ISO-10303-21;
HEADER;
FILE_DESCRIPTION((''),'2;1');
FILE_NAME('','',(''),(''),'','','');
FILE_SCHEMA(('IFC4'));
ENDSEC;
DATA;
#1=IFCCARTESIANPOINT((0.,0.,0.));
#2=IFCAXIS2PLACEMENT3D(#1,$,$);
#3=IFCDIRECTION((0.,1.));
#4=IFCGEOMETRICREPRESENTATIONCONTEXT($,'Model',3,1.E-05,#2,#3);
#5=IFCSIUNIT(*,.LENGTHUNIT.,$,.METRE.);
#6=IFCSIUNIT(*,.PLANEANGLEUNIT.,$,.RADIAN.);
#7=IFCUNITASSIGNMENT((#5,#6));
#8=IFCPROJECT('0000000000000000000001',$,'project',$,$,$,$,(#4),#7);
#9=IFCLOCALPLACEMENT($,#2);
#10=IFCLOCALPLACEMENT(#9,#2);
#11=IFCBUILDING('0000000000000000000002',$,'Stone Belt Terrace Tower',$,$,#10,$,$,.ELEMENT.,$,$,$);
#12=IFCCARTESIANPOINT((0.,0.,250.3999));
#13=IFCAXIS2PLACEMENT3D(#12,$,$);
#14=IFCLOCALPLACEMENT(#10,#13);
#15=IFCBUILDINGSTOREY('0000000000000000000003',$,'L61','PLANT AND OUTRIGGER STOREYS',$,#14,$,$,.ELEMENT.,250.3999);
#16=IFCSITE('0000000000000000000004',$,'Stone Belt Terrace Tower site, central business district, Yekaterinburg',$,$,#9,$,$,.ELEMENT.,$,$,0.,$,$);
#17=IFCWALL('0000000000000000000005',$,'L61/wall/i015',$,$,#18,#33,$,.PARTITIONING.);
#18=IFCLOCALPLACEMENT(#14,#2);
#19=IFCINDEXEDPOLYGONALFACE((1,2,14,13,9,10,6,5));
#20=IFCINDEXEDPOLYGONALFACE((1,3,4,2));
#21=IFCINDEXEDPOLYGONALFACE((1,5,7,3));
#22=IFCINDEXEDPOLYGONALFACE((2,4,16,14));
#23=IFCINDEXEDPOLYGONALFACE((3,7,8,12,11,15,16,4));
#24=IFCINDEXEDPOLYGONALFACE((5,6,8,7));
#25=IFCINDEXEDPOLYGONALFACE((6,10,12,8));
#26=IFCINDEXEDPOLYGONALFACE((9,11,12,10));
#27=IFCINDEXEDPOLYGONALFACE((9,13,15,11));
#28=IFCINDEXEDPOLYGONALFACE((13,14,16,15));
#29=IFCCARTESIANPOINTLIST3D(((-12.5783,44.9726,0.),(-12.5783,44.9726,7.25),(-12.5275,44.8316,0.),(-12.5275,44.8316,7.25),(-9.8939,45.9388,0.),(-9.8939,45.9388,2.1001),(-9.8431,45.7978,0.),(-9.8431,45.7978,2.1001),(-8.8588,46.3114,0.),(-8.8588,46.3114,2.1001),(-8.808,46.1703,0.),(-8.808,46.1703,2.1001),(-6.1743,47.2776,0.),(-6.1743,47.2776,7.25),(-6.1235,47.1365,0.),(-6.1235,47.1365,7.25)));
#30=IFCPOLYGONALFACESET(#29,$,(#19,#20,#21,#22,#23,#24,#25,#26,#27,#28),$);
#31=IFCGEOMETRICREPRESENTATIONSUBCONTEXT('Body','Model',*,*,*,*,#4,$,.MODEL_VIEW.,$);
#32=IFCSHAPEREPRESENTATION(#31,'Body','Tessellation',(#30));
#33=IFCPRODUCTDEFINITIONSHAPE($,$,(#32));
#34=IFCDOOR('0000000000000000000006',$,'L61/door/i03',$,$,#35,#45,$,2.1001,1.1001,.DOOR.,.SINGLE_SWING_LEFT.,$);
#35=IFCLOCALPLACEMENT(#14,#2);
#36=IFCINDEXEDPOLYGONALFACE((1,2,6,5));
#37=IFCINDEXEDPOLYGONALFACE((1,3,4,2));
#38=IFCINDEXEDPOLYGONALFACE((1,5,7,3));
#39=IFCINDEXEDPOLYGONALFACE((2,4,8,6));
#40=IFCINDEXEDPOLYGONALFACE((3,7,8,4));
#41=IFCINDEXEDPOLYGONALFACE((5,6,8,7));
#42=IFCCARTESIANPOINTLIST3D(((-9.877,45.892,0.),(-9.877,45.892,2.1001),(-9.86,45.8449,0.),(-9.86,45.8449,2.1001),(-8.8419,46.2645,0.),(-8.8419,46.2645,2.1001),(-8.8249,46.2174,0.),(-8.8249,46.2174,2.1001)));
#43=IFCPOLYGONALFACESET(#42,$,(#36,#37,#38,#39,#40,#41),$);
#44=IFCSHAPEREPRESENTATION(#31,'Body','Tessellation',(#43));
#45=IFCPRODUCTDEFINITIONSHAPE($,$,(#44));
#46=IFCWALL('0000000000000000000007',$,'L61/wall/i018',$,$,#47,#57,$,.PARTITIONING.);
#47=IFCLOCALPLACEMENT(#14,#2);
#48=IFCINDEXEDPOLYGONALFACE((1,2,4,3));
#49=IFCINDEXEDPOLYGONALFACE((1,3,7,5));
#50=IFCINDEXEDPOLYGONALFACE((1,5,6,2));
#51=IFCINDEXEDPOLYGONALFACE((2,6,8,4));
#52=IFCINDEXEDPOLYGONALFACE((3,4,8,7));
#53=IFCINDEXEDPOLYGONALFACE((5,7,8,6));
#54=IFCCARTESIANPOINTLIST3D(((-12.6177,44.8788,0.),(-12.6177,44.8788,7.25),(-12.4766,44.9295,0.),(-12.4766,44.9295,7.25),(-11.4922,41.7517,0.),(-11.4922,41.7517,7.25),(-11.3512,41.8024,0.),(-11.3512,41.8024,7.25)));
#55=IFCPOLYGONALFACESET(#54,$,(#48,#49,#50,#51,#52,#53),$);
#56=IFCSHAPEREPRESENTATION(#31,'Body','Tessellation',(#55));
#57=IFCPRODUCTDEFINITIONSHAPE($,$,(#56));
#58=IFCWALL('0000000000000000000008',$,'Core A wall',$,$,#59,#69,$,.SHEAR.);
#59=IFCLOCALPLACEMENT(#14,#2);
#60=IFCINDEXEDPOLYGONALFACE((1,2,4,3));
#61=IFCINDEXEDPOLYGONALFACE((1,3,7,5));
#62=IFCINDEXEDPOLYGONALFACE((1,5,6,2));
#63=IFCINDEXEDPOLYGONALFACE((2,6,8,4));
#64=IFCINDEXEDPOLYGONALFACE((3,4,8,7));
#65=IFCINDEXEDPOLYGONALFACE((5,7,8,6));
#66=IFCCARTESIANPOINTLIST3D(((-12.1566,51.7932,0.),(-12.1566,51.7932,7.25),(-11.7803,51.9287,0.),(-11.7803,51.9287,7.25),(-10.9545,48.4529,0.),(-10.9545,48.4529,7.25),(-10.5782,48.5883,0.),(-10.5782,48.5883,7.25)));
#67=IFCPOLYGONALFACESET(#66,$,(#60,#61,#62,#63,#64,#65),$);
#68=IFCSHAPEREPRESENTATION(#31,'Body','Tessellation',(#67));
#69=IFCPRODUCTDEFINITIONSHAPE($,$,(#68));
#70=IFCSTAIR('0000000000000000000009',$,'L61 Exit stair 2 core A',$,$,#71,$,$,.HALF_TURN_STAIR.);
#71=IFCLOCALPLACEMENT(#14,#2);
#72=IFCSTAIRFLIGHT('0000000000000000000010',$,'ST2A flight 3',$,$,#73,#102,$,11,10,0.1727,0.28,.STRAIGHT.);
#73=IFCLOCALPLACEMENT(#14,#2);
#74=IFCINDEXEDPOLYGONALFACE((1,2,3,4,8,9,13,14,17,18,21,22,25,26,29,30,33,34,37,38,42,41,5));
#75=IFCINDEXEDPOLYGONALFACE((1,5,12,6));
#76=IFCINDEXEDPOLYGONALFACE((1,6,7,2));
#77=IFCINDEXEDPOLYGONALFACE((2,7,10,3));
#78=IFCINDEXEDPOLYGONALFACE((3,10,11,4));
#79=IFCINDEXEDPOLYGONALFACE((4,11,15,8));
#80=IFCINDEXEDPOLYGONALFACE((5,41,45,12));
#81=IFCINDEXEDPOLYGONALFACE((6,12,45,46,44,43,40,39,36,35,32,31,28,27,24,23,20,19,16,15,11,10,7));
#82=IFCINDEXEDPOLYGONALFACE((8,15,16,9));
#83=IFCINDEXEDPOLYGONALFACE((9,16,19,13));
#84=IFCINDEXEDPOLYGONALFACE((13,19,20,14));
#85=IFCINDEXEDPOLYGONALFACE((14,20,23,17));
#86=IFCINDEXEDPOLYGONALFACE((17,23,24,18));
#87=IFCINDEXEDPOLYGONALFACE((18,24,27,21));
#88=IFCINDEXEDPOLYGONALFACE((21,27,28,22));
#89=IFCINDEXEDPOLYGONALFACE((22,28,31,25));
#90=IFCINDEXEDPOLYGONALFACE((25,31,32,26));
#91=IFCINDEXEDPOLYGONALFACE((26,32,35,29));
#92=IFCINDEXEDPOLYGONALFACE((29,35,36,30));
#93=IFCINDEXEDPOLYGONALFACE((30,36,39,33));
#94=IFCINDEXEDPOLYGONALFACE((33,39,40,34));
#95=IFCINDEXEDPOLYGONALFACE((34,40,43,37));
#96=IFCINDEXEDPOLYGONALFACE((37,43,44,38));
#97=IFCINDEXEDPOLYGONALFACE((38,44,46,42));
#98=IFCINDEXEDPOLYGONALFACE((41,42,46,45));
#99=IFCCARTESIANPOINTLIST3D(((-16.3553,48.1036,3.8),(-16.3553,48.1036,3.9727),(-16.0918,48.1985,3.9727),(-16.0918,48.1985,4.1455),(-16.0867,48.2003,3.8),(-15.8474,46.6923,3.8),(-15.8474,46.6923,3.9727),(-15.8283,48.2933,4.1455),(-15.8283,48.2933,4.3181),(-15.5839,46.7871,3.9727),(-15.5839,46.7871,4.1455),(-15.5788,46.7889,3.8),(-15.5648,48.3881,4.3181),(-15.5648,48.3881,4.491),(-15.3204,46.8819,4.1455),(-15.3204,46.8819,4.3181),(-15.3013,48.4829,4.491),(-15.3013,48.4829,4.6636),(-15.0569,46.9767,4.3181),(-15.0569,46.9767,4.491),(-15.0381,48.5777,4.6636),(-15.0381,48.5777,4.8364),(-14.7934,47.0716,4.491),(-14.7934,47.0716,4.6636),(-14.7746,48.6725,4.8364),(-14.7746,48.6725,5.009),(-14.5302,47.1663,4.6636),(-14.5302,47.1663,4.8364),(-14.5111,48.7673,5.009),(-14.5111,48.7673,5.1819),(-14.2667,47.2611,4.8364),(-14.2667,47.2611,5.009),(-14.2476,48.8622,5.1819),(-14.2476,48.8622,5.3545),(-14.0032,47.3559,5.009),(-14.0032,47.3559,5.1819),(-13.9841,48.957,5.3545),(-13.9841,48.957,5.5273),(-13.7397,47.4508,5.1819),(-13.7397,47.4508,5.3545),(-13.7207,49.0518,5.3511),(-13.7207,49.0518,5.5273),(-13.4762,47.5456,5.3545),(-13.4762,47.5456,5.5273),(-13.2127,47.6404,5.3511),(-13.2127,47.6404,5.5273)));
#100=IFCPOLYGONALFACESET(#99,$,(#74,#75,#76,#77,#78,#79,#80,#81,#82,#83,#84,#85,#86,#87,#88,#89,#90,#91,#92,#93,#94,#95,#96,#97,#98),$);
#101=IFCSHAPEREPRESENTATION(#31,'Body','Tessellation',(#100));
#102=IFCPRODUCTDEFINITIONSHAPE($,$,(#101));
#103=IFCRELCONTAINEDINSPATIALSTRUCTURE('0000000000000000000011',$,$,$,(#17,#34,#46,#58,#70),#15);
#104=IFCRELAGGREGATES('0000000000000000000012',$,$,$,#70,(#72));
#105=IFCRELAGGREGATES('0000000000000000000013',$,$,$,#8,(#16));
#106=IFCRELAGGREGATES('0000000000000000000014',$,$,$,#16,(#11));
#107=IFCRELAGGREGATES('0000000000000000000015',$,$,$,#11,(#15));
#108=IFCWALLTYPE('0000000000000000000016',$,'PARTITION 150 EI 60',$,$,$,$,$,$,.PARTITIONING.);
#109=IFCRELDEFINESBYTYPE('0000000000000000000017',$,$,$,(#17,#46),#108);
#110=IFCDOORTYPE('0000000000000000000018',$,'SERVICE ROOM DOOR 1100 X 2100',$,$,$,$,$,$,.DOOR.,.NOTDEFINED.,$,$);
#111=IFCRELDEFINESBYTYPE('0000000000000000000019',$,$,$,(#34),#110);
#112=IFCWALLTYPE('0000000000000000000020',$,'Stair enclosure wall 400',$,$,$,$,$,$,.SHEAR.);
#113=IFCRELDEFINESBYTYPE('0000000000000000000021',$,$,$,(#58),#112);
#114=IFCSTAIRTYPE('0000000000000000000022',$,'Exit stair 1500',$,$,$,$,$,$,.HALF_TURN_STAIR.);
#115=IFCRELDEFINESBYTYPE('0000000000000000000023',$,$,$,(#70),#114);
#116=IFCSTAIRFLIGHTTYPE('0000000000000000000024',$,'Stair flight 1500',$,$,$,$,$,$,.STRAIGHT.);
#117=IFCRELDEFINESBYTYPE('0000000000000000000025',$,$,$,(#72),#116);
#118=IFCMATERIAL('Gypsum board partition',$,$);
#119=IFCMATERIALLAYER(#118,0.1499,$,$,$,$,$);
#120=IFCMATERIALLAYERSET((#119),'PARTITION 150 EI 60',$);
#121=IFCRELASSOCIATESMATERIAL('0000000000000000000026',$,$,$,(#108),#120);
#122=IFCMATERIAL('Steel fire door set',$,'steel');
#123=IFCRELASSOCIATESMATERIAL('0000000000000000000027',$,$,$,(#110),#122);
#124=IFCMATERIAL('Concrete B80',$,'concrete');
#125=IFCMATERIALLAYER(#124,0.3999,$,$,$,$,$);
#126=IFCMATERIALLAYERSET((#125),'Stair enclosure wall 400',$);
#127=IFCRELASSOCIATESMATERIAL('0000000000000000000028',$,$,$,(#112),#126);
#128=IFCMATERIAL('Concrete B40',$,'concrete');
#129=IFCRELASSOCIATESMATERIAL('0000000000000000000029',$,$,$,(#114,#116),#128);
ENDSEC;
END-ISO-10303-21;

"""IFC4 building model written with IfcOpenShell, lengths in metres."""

from ifc_helpers import new_model, si_unit, direction, frame, frame_2d, origin, place, context, subcontext, project, spatial, polyline, rectangle, outline, extrude, material, layer, layer_set, type_object, element, fill, aggregate, save


model = new_model("IFC4")

# Units and contexts
model_context = context("Model", 3, precision=1e-05, world=origin(), true_north=direction((0.0, 1.0)))
body_context = subcontext(model_context, "Body", "Model", "MODEL_VIEW")
ifc_project = project(units=[si_unit("LENGTHUNIT", "METRE"), si_unit("PLANEANGLEUNIT", "RADIAN")], contexts=[model_context])

# Site, building, storey
site_placement = place(None, origin())
site = spatial("IfcSite", under=ifc_project, at=site_placement, Name="Stone Belt Terrace Tower site, central business district, Yekaterinburg", CompositionType="ELEMENT", RefElevation=0.0)
building_placement = place(site_placement, origin())
building = spatial("IfcBuilding", under=site, at=building_placement, Name="Stone Belt Terrace Tower", CompositionType="ELEMENT")
storey_placement = place(building_placement, frame((0.0, 0.0, 250.3999)))
storey = spatial("IfcBuildingStorey", under=building, at=storey_placement, Name="L61", Description="PLANT AND OUTRIGGER STOREYS", CompositionType="ELEMENT", Elevation=250.3999)

# Shared definitions
ifc_material_1 = material(Name="Gypsum board partition")
ifc_layer_1 = layer(ifc_material_1, 0.1499)
ifc_layer_set_1 = layer_set([ifc_layer_1], Name="PARTITION 150 EI 60")
wall_type_1 = type_object("IfcWallType", Name="PARTITION 150 EI 60", PredefinedType="PARTITIONING", material=ifc_layer_set_1)

# Wall, opening, door
ifc_material_2 = material(Name="Steel fire door set", Category="steel")
door_type = type_object("IfcDoorType", Name="SERVICE ROOM DOOR 1100 X 2100", OperationType="NOTDEFINED", PredefinedType="DOOR", material=ifc_material_2)
wall_1_placement = place(storey_placement, frame((-6.1489, 47.207, 0.0), z_axis=(0.0, 0.0, 1.0), x_axis=(-0.940912, -0.338651, 0.0)))
wall_1 = element("IfcWall", 1, at=wall_1_placement, inside=storey, type_object=wall_type_1, Name="L61/wall/i015", PredefinedType="PARTITIONING", context=body_context, shape_type="SweptSolid", body=[
    extrude(rectangle(XDim=6.8062, YDim=0.1499, at=frame_2d((3.4031, 0.0))), origin(), (0.0, 0.0, 1.0), 7.25),
])
opening_1_placement = place(wall_1_placement, frame((2.853, 0.0, 0.0)))
opening_1 = element("IfcOpeningElement", 2, at=opening_1_placement, cuts=wall_1, PredefinedType="OPENING", context=body_context, shape_type="SweptSolid", body=[
    extrude(rectangle(XDim=1.1001, YDim=2.1001, at=frame_2d((0.55, 1.05))), frame((0.0, 0.085, 0.0), z_axis=(0.0, -1.0, 0.0), x_axis=(1.0, 0.0, 0.0)), (0.0, 0.0, 1.0), 0.1699),
])
door_1_placement = place(opening_1_placement, origin())
door_1 = element("IfcDoor", 3, at=door_1_placement, inside=storey, type_object=door_type, Name="L61/door/i03", OperationType="SINGLE_SWING_LEFT", OverallHeight=2.1001, OverallWidth=1.1001, PredefinedType="DOOR", context=body_context, shape_type="SweptSolid", body=[
    extrude(rectangle(XDim=1.1001, YDim=2.1001, at=frame_2d((0.55, 1.05))), frame((0.0, 0.0249, 0.0), z_axis=(0.0, -1.0, 0.0), x_axis=(1.0, 0.0, 0.0)), (0.0, 0.0, 1.0), 0.05),
])
fill(opening_1, door_1)

# Walls
wall_2_placement = place(storey_placement, frame((-12.5471, 44.9041, 0.0), z_axis=(0.0, 0.0, 1.0), x_axis=(0.338639, -0.940916, 0.0)))
element("IfcWall", 4, at=wall_2_placement, inside=storey, type_object=wall_type_1, Name="L61/wall/i018", PredefinedType="PARTITIONING", context=body_context, shape_type="SweptSolid", body=[
    extrude(rectangle(XDim=3.3235, YDim=0.1499, at=frame_2d((1.6616, 0.0))), origin(), (0.0, 0.0, 1.0), 7.25),
])
ifc_material_3 = material(Name="Concrete B80", Category="concrete")
ifc_layer_2 = layer(ifc_material_3, 0.3999)
ifc_layer_set_2 = layer_set([ifc_layer_2], Name="Stair enclosure wall 400")
wall_type_2 = type_object("IfcWallType", Name="Stair enclosure wall 400", PredefinedType="SHEAR", material=ifc_layer_set_2)
wall_3_placement = place(storey_placement, frame((-10.7664, 48.5208, 0.0), z_axis=(0.0, 0.0, 1.0), x_axis=(-0.338627, 0.940921, 0.0)))
element("IfcWall", 5, at=wall_3_placement, inside=storey, type_object=wall_type_2, Name="Core A wall", PredefinedType="SHEAR", context=body_context, shape_type="SweptSolid", body=[
    extrude(rectangle(XDim=3.55, YDim=0.3999, at=frame_2d((1.7749, 0.0))), origin(), (0.0, 0.0, 1.0), 7.25),
])

# Stair, stair flight
ifc_material_4 = material(Name="Concrete B40", Category="concrete")
stair_type = type_object("IfcStairType", Name="Exit stair 1500", PredefinedType="HALF_TURN_STAIR", material=ifc_material_4)
stair_placement = place(storey_placement, origin())
stair = element("IfcStair", 6, at=stair_placement, inside=storey, type_object=stair_type, Name="L61 Exit stair 2 core A", PredefinedType="HALF_TURN_STAIR")
stair_flight_type = type_object("IfcStairFlightType", Name="Stair flight 1500", PredefinedType="STRAIGHT", material=ifc_material_4)
stair_flight_placement = place(storey_placement, frame((-16.1013, 47.3979, 3.8), z_axis=(0.0, 0.0, 1.0), x_axis=(0.940922, 0.338624, 0.0)))
stair_flight = element("IfcStairFlight", 7, at=stair_flight_placement, type_object=stair_flight_type, Name="ST2A flight 3", NumberOfRisers=11, NumberOfTreads=10, PredefinedType="STRAIGHT", RiserHeight=0.1727, TreadLength=0.28, context=body_context, shape_type="SweptSolid", body=[
    extrude(outline(polyline([(0.0, 0.0), (0.0, 0.1726), (0.28, 0.1726), (0.28, 0.3455), (0.5601, 0.3455), (0.5601, 0.5181), (0.8401, 0.5181), (0.8401, 0.6909), (1.1201, 0.6909), (1.1201, 0.8635), (1.3999, 0.8635), (1.3999, 1.0364), (1.6799, 1.0364), (1.6799, 1.209), (1.96, 1.209), (1.96, 1.3818), (2.24, 1.3818), (2.24, 1.5544), (2.52, 1.5544), (2.52, 1.7273), (2.8, 1.7273), (2.8, 1.8999), (2.8, 1.551), (0.2854, 0.0), (0.0, 0.0)])), frame((0.0, 0.75, 0.0), z_axis=(0.0, -1.0, 0.0), x_axis=(1.0, 0.0, 0.0)), (0.0, 0.0, 1.0), 1.5),
])
aggregate(stair, [stair_flight])

save(model, "model.ifc")
